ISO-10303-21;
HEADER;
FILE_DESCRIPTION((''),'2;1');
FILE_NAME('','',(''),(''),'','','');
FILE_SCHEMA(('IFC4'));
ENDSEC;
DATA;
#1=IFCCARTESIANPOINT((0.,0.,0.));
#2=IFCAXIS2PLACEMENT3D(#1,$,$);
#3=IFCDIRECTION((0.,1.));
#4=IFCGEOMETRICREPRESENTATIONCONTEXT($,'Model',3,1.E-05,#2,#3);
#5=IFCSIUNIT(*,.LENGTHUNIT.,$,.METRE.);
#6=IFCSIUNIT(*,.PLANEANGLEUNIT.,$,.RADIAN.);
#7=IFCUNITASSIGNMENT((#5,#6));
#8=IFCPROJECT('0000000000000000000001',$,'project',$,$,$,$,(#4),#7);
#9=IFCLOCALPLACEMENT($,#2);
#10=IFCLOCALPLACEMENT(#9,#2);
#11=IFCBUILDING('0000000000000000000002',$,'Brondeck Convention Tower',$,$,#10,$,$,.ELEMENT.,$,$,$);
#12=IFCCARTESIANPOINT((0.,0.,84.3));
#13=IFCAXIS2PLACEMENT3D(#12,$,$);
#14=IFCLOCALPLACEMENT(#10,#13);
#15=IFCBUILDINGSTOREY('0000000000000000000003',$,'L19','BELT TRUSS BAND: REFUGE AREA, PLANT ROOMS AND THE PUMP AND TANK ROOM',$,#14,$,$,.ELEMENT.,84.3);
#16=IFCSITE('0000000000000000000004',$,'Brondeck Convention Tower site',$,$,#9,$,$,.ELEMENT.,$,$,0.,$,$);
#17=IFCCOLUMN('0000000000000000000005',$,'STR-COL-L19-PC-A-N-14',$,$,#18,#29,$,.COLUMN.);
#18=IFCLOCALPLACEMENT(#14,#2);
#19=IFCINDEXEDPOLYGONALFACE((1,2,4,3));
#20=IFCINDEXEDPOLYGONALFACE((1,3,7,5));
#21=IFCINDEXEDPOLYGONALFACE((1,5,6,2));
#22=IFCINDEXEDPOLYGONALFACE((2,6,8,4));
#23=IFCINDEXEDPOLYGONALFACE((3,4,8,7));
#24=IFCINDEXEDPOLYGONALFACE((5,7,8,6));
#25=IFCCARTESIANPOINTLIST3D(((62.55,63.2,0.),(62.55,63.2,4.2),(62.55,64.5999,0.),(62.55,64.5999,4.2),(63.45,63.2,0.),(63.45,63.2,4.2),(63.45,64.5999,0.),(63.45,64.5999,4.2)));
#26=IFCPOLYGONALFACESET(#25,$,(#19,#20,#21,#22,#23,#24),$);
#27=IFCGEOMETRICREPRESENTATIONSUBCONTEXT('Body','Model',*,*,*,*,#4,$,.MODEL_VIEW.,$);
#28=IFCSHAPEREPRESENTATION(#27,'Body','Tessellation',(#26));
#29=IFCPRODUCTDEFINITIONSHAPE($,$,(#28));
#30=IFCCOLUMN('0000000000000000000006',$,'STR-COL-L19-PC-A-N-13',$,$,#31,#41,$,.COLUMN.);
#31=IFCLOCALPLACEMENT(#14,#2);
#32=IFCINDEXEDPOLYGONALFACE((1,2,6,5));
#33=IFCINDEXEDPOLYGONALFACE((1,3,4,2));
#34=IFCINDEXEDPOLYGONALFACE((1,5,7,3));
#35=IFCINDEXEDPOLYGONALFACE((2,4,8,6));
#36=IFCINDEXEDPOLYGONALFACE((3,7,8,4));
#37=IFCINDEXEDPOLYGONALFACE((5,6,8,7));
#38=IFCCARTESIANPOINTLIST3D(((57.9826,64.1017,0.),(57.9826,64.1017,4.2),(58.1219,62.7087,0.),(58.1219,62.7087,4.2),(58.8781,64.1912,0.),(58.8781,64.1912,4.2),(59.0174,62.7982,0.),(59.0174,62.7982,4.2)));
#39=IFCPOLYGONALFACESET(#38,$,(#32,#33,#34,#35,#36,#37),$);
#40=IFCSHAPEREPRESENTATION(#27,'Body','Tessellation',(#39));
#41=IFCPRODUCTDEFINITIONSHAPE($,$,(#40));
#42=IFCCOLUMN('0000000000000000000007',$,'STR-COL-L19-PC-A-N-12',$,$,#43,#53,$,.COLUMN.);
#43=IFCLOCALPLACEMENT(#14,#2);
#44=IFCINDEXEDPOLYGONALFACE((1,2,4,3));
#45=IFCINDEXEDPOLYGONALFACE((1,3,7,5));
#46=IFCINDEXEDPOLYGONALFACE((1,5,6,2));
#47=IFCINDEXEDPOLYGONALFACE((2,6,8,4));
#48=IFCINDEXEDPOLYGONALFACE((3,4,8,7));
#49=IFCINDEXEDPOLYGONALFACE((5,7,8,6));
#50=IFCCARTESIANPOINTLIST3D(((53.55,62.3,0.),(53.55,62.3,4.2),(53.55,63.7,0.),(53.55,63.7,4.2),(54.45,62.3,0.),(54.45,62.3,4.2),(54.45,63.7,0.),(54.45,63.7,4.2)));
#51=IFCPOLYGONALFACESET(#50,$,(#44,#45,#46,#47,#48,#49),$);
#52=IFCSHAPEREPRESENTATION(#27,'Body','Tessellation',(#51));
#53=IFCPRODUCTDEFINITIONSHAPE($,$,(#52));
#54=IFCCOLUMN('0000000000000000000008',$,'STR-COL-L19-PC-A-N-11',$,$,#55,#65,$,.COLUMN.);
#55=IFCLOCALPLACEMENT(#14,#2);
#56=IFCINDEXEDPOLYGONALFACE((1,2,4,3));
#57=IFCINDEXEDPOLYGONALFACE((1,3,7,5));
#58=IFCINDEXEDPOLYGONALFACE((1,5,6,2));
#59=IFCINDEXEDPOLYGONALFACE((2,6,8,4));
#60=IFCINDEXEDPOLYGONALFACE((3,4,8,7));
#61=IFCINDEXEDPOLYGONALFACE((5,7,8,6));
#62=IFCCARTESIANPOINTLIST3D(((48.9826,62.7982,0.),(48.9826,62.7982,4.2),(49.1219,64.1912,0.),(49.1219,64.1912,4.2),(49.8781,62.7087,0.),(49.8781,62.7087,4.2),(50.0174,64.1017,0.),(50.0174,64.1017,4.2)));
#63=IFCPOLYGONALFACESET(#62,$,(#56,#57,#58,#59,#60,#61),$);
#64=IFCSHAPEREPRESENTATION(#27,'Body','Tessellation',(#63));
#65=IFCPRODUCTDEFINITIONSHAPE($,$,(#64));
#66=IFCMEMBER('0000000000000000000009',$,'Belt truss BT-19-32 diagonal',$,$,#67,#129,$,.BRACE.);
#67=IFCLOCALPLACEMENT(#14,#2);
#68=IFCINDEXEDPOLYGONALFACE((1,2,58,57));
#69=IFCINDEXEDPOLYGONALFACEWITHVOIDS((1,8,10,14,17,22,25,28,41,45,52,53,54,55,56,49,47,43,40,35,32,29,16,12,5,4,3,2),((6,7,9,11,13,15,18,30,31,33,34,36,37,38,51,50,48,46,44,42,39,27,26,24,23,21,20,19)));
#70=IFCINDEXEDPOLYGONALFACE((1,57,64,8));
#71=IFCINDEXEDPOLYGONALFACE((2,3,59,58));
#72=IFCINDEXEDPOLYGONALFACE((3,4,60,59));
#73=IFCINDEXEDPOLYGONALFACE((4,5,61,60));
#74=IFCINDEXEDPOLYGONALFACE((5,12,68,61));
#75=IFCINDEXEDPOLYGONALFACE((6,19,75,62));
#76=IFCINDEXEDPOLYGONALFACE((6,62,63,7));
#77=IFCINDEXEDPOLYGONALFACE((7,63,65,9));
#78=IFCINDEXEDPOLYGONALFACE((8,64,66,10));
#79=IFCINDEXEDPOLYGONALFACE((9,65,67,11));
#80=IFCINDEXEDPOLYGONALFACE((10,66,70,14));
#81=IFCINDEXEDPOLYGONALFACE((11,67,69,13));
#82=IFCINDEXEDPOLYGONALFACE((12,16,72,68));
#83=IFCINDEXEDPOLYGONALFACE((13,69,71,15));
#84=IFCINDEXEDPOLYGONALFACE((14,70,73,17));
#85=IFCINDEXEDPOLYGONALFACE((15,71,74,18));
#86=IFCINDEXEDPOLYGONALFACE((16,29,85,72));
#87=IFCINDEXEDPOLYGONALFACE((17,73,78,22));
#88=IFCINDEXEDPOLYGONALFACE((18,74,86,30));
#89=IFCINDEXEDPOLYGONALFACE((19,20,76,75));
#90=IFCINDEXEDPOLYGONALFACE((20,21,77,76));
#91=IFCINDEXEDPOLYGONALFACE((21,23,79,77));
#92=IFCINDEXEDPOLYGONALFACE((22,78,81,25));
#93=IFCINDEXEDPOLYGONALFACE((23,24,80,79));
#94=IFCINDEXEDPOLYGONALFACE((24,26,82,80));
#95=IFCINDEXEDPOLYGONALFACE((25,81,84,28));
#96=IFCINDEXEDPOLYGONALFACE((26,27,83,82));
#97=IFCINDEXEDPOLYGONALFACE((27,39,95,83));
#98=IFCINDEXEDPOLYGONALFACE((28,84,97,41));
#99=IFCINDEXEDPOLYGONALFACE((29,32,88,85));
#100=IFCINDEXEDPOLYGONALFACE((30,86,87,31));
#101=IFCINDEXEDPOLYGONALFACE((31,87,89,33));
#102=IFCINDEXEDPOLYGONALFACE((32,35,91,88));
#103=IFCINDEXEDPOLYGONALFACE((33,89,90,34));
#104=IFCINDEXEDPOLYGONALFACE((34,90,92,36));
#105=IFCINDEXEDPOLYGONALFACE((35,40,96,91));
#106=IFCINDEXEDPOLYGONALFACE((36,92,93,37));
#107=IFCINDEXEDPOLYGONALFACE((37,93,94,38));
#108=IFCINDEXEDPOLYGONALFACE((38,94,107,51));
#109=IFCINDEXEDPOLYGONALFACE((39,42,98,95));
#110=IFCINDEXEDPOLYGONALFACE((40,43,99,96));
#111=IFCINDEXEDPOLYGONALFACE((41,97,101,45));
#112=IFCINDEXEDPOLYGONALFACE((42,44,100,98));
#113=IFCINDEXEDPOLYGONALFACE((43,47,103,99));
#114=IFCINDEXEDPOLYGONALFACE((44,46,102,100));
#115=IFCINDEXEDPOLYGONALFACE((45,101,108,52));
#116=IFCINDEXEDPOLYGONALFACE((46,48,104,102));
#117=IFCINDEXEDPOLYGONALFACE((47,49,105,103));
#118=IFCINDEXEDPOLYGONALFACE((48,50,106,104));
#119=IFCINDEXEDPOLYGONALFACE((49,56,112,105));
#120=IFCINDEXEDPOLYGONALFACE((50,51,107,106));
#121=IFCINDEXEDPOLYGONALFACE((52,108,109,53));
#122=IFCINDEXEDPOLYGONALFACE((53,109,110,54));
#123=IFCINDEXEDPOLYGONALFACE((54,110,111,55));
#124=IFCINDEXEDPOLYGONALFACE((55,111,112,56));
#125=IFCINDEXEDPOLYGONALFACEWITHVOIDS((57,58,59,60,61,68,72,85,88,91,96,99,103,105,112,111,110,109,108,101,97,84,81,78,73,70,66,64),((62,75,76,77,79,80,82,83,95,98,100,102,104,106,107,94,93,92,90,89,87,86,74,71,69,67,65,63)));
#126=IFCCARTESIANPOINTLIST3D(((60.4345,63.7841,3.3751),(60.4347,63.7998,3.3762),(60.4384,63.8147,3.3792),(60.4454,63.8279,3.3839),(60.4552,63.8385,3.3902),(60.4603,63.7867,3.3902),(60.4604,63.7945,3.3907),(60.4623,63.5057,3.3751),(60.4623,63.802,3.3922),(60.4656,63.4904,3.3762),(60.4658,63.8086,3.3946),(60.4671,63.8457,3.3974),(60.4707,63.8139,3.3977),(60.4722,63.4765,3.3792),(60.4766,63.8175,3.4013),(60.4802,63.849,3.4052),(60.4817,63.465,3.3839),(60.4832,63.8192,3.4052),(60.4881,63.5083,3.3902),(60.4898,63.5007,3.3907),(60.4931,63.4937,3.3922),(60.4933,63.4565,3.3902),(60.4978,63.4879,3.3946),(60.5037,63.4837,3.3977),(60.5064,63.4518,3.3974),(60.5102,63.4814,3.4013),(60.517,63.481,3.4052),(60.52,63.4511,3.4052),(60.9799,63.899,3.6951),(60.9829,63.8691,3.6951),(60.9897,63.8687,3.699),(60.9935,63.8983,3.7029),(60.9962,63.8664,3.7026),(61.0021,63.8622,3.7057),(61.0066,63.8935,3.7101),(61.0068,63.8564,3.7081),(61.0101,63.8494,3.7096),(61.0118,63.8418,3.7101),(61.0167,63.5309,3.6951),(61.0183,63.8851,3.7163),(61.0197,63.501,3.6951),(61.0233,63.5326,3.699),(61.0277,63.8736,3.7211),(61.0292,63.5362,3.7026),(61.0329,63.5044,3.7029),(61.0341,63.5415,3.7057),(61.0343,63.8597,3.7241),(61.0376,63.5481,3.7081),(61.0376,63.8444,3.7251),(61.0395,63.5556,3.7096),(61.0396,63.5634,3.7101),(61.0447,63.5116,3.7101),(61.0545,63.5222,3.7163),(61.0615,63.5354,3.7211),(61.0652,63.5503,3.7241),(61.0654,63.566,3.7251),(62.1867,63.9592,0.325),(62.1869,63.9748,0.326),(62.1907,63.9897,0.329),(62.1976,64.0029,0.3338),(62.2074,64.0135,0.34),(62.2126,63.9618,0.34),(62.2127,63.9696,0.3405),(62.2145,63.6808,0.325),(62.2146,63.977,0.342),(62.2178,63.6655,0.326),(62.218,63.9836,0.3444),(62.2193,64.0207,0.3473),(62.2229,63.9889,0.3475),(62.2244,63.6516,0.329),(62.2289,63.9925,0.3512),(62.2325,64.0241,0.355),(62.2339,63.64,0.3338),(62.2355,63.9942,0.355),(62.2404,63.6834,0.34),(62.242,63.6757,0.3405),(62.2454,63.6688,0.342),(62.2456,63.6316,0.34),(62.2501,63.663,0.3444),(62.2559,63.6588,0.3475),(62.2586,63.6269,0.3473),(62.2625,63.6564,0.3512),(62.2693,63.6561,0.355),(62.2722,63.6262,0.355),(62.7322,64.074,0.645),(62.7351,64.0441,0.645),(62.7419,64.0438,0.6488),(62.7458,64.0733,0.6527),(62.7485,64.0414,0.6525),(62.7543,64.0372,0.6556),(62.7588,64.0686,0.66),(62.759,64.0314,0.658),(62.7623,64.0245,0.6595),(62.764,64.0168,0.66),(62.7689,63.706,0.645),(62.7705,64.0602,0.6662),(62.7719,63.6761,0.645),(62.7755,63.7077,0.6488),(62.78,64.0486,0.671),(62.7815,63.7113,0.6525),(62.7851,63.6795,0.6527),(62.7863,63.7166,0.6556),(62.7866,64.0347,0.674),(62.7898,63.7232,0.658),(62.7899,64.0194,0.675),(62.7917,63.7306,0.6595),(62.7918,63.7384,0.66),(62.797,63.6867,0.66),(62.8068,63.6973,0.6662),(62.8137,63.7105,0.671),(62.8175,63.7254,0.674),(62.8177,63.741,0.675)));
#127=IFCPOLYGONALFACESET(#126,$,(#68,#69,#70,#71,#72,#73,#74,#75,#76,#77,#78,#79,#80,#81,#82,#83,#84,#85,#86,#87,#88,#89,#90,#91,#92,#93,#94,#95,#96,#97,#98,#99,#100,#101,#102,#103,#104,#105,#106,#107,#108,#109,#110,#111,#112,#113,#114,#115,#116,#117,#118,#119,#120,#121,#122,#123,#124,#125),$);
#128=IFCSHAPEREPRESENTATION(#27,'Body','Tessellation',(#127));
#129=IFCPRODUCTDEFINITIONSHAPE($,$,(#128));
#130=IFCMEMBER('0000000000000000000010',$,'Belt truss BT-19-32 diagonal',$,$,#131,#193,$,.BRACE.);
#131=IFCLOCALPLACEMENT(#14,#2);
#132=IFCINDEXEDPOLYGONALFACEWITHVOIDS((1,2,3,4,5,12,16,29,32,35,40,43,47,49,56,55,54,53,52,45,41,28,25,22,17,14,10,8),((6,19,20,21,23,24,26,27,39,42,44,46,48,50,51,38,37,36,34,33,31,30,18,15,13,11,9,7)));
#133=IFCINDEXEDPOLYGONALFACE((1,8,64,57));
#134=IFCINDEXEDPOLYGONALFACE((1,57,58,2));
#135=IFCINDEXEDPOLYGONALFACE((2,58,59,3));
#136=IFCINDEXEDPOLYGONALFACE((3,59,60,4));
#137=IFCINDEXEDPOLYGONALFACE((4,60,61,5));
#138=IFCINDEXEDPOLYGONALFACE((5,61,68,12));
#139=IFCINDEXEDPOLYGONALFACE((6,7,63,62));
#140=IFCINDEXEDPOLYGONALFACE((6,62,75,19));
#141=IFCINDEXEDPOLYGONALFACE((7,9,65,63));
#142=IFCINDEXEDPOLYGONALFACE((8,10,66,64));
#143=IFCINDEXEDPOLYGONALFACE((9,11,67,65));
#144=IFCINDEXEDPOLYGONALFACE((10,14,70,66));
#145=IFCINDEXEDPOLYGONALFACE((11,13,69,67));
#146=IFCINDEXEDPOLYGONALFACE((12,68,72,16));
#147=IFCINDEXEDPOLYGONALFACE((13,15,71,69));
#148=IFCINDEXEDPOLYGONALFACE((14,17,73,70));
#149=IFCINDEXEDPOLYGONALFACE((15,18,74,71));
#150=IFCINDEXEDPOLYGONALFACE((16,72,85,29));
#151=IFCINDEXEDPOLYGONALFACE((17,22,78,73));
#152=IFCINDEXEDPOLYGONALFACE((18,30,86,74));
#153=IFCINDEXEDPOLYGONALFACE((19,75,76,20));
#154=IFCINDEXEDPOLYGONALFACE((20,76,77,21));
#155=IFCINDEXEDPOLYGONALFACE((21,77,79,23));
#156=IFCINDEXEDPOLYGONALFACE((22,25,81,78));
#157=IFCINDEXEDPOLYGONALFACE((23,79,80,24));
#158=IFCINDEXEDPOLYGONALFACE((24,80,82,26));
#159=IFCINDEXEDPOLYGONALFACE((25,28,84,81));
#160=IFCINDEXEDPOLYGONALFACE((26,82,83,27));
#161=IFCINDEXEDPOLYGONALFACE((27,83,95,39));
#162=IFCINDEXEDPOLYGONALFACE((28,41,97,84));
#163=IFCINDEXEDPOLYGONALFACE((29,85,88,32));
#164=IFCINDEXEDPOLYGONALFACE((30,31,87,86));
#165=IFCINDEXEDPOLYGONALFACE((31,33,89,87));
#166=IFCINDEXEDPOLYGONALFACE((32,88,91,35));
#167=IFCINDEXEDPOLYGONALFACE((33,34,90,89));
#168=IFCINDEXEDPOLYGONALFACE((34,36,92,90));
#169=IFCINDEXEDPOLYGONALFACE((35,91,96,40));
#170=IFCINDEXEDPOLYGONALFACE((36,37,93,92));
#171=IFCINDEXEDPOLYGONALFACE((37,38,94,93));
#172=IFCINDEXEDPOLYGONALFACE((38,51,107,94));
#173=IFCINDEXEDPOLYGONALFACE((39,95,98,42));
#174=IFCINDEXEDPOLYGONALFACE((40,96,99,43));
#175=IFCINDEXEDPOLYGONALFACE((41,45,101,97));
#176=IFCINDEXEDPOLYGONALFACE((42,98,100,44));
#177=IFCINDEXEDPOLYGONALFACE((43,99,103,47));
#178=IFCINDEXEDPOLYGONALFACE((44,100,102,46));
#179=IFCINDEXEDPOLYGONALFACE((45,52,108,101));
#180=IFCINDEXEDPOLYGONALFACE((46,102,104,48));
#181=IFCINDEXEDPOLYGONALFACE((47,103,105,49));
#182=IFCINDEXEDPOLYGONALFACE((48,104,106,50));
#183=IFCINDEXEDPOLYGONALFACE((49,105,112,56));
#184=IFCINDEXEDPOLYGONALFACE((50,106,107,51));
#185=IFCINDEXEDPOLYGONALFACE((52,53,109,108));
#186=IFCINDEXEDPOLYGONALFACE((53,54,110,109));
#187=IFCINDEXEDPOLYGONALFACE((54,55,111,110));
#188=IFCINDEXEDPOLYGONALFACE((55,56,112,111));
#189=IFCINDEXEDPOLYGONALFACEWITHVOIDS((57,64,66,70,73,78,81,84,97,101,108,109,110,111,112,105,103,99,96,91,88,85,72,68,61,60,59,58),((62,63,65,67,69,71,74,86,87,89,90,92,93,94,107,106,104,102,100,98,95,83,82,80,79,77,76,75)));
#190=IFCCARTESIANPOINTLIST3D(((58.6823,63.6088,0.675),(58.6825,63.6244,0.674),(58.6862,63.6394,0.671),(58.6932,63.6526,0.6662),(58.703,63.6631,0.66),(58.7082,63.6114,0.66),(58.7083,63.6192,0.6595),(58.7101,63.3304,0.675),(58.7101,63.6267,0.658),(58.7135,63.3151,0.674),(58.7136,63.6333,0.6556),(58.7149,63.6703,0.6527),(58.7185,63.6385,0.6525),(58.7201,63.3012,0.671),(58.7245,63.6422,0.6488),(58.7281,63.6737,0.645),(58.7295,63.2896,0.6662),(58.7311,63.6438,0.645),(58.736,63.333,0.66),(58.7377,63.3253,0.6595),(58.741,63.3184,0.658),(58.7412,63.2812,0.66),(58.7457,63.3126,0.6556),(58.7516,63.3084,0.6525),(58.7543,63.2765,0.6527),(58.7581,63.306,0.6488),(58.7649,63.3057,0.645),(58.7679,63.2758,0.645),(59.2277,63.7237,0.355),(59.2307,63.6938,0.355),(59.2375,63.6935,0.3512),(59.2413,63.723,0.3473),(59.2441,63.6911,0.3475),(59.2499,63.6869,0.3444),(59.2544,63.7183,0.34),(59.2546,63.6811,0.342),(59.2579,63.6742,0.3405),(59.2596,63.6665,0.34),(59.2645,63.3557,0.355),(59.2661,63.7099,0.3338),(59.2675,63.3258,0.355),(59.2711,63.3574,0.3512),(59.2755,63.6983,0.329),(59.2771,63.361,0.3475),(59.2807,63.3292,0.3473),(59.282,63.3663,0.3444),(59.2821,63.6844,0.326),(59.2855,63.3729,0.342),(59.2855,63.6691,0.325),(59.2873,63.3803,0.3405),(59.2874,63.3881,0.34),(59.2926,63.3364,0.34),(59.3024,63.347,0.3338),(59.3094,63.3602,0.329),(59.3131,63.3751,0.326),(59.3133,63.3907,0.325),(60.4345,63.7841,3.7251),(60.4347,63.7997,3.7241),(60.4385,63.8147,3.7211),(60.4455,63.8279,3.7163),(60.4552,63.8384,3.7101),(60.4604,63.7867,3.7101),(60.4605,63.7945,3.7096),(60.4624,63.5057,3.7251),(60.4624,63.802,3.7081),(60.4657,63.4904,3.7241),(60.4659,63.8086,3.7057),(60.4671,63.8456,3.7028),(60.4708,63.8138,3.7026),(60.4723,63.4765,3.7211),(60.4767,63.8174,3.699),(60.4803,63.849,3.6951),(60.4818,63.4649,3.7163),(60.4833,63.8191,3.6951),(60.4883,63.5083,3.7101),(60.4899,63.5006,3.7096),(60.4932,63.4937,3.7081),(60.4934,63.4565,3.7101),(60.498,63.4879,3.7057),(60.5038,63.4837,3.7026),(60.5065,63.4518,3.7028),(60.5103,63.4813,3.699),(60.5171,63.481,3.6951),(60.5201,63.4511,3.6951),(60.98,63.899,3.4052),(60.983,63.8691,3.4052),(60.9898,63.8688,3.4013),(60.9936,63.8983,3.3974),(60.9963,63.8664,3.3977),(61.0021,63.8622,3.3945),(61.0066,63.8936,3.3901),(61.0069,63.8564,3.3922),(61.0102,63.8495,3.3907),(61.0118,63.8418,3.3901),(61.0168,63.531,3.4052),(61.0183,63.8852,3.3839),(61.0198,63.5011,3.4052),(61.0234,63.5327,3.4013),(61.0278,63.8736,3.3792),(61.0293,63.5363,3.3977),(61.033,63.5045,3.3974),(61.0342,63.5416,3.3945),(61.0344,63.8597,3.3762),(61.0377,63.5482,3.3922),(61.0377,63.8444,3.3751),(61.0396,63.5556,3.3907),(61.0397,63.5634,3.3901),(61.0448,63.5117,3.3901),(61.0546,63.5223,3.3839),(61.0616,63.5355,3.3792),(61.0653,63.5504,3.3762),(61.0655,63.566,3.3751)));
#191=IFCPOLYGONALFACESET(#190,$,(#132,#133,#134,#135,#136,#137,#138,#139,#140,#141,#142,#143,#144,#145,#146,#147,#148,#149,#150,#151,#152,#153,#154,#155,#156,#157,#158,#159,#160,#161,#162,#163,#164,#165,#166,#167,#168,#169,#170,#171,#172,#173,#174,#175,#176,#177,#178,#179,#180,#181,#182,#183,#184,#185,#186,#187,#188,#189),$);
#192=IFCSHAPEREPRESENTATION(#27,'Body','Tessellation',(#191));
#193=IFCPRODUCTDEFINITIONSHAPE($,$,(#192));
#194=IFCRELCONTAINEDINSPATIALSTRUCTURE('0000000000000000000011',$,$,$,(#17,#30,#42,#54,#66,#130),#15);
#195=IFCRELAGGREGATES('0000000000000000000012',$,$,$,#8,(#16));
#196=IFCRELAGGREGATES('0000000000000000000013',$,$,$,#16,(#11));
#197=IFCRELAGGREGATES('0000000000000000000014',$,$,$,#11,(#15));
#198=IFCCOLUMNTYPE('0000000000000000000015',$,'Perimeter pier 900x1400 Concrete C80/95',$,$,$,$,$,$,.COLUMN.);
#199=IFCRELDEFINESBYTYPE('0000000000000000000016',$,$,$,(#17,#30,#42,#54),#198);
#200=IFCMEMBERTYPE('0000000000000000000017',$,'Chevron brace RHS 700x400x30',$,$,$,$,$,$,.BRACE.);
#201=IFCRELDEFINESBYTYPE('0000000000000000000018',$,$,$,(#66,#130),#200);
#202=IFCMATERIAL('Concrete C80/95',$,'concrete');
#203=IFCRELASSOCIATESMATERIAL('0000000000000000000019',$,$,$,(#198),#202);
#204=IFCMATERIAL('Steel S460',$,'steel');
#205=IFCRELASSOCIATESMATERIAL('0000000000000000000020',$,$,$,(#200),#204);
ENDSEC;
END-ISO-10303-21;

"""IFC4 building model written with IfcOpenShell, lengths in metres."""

from ifc_helpers import new_model, si_unit, direction, frame, origin, origin_2d, place, context, subcontext, project, spatial, rectangle, hollow_rectangle, extrude, material, material_profile, profile_set, type_object, element, save


model = new_model("IFC4")

# Units and contexts
model_context = context("Model", 3, precision=1e-05, world=origin(), true_north=direction((0.0, 1.0)))
body_context = subcontext(model_context, "Body", "Model", "MODEL_VIEW")
ifc_project = project(units=[si_unit("LENGTHUNIT", "METRE"), si_unit("PLANEANGLEUNIT", "RADIAN")], contexts=[model_context])

# Site, building, storey
site_placement = place(None, origin())
site = spatial("IfcSite", under=ifc_project, at=site_placement, Name="Brondeck Convention Tower site", CompositionType="ELEMENT", RefElevation=0.0)
building_placement = place(site_placement, origin())
building = spatial("IfcBuilding", under=site, at=building_placement, Name="Brondeck Convention Tower", CompositionType="ELEMENT")
storey_placement = place(building_placement, frame((0.0, 0.0, 84.3)))
storey = spatial("IfcBuildingStorey", under=building, at=storey_placement, Name="L19", Description="BELT TRUSS BAND: REFUGE AREA, PLANT ROOMS AND THE PUMP AND TANK ROOM", CompositionType="ELEMENT", Elevation=84.3)

# Columns
ifc_material_1 = material(Name="Concrete C80/95", Category="concrete")
ifc_material_profile_1 = material_profile(ifc_material_1, rectangle(XDim=0.8999, YDim=1.3999, at=origin_2d()), Name="Perimeter pier 900x1400 Concrete C80/95")
ifc_profile_set_1 = profile_set([ifc_material_profile_1], Name="Concrete C80/95")
column_type = type_object("IfcColumnType", Name="Perimeter pier 900x1400 Concrete C80/95", PredefinedType="COLUMN", material=ifc_profile_set_1)
for number, where, z_axis, x_axis, name in (
    (1, (63.0, 63.8999, 0.0), (0.0, 0.0, 1.0), (-1.0, 0.0, 0.0), "STR-COL-L19-PC-A-N-14"),
    (2, (58.5, 63.45, 0.0), (0.0, 0.0, 1.0), (-0.995037, -0.099504, 0.0), "STR-COL-L19-PC-A-N-13"),
    (3, (54.0, 63.0, 0.0), (0.0, 0.0, 1.0), (-1.0, 0.0, 0.0), "STR-COL-L19-PC-A-N-12"),
    (4, (49.5, 63.45, 0.0), (0.0, 0.0, 1.0), (-0.995037, 0.099504, 0.0), "STR-COL-L19-PC-A-N-11"),
):
    element("IfcColumn", number, at=place(storey_placement, frame(where, z_axis=z_axis, x_axis=x_axis)), inside=storey, type_object=column_type, Name=name, PredefinedType="COLUMN", context=body_context, shape_type="SweptSolid", body=[
        extrude(rectangle(XDim=0.8999, YDim=1.3999, at=origin_2d()), origin(), (0.0, 0.0, 1.0), 4.2),
    ])

# Members
ifc_material_2 = material(Name="Steel S460", Category="steel")
ifc_material_profile_2 = material_profile(ifc_material_2, hollow_rectangle(XDim=0.3999, YDim=0.7, WallThickness=0.03, InnerFilletRadius=0.03, OuterFilletRadius=0.0601, at=origin_2d()), Name="RHS 700x400x30")
ifc_profile_set_2 = profile_set([ifc_material_profile_2], Name="Steel S460")
member_type_1 = type_object("IfcMemberType", Name="Chevron brace RHS 700x400x30", PredefinedType="BRACE", material=ifc_profile_set_2)
for number, where, z_axis, x_axis, name in (
    (5, (62.5022, 63.8501, 0.5), (-0.497518, -0.049703, 0.866029), (0.099408, -0.995047, 0.0), "Belt truss BT-19-32 diagonal"),
    (6, (58.9978, 63.4998, 0.5), (0.497516, 0.049772, 0.866026), (-0.099545, 0.995033, 0.0), "Belt truss BT-19-32 diagonal"),
):
    element("IfcMember", number, at=place(storey_placement, frame(where, z_axis=z_axis, x_axis=x_axis)), inside=storey, type_object=member_type_1, Name=name, PredefinedType="BRACE", context=body_context, shape_type="SweptSolid", body=[
        extrude(hollow_rectangle(XDim=0.3999, YDim=0.7, WallThickness=0.03, InnerFilletRadius=0.03, OuterFilletRadius=0.0601, at=origin_2d()), origin(), (0.0, 0.0, 1.0), 3.522),
    ])

save(model, "model.ifc")
